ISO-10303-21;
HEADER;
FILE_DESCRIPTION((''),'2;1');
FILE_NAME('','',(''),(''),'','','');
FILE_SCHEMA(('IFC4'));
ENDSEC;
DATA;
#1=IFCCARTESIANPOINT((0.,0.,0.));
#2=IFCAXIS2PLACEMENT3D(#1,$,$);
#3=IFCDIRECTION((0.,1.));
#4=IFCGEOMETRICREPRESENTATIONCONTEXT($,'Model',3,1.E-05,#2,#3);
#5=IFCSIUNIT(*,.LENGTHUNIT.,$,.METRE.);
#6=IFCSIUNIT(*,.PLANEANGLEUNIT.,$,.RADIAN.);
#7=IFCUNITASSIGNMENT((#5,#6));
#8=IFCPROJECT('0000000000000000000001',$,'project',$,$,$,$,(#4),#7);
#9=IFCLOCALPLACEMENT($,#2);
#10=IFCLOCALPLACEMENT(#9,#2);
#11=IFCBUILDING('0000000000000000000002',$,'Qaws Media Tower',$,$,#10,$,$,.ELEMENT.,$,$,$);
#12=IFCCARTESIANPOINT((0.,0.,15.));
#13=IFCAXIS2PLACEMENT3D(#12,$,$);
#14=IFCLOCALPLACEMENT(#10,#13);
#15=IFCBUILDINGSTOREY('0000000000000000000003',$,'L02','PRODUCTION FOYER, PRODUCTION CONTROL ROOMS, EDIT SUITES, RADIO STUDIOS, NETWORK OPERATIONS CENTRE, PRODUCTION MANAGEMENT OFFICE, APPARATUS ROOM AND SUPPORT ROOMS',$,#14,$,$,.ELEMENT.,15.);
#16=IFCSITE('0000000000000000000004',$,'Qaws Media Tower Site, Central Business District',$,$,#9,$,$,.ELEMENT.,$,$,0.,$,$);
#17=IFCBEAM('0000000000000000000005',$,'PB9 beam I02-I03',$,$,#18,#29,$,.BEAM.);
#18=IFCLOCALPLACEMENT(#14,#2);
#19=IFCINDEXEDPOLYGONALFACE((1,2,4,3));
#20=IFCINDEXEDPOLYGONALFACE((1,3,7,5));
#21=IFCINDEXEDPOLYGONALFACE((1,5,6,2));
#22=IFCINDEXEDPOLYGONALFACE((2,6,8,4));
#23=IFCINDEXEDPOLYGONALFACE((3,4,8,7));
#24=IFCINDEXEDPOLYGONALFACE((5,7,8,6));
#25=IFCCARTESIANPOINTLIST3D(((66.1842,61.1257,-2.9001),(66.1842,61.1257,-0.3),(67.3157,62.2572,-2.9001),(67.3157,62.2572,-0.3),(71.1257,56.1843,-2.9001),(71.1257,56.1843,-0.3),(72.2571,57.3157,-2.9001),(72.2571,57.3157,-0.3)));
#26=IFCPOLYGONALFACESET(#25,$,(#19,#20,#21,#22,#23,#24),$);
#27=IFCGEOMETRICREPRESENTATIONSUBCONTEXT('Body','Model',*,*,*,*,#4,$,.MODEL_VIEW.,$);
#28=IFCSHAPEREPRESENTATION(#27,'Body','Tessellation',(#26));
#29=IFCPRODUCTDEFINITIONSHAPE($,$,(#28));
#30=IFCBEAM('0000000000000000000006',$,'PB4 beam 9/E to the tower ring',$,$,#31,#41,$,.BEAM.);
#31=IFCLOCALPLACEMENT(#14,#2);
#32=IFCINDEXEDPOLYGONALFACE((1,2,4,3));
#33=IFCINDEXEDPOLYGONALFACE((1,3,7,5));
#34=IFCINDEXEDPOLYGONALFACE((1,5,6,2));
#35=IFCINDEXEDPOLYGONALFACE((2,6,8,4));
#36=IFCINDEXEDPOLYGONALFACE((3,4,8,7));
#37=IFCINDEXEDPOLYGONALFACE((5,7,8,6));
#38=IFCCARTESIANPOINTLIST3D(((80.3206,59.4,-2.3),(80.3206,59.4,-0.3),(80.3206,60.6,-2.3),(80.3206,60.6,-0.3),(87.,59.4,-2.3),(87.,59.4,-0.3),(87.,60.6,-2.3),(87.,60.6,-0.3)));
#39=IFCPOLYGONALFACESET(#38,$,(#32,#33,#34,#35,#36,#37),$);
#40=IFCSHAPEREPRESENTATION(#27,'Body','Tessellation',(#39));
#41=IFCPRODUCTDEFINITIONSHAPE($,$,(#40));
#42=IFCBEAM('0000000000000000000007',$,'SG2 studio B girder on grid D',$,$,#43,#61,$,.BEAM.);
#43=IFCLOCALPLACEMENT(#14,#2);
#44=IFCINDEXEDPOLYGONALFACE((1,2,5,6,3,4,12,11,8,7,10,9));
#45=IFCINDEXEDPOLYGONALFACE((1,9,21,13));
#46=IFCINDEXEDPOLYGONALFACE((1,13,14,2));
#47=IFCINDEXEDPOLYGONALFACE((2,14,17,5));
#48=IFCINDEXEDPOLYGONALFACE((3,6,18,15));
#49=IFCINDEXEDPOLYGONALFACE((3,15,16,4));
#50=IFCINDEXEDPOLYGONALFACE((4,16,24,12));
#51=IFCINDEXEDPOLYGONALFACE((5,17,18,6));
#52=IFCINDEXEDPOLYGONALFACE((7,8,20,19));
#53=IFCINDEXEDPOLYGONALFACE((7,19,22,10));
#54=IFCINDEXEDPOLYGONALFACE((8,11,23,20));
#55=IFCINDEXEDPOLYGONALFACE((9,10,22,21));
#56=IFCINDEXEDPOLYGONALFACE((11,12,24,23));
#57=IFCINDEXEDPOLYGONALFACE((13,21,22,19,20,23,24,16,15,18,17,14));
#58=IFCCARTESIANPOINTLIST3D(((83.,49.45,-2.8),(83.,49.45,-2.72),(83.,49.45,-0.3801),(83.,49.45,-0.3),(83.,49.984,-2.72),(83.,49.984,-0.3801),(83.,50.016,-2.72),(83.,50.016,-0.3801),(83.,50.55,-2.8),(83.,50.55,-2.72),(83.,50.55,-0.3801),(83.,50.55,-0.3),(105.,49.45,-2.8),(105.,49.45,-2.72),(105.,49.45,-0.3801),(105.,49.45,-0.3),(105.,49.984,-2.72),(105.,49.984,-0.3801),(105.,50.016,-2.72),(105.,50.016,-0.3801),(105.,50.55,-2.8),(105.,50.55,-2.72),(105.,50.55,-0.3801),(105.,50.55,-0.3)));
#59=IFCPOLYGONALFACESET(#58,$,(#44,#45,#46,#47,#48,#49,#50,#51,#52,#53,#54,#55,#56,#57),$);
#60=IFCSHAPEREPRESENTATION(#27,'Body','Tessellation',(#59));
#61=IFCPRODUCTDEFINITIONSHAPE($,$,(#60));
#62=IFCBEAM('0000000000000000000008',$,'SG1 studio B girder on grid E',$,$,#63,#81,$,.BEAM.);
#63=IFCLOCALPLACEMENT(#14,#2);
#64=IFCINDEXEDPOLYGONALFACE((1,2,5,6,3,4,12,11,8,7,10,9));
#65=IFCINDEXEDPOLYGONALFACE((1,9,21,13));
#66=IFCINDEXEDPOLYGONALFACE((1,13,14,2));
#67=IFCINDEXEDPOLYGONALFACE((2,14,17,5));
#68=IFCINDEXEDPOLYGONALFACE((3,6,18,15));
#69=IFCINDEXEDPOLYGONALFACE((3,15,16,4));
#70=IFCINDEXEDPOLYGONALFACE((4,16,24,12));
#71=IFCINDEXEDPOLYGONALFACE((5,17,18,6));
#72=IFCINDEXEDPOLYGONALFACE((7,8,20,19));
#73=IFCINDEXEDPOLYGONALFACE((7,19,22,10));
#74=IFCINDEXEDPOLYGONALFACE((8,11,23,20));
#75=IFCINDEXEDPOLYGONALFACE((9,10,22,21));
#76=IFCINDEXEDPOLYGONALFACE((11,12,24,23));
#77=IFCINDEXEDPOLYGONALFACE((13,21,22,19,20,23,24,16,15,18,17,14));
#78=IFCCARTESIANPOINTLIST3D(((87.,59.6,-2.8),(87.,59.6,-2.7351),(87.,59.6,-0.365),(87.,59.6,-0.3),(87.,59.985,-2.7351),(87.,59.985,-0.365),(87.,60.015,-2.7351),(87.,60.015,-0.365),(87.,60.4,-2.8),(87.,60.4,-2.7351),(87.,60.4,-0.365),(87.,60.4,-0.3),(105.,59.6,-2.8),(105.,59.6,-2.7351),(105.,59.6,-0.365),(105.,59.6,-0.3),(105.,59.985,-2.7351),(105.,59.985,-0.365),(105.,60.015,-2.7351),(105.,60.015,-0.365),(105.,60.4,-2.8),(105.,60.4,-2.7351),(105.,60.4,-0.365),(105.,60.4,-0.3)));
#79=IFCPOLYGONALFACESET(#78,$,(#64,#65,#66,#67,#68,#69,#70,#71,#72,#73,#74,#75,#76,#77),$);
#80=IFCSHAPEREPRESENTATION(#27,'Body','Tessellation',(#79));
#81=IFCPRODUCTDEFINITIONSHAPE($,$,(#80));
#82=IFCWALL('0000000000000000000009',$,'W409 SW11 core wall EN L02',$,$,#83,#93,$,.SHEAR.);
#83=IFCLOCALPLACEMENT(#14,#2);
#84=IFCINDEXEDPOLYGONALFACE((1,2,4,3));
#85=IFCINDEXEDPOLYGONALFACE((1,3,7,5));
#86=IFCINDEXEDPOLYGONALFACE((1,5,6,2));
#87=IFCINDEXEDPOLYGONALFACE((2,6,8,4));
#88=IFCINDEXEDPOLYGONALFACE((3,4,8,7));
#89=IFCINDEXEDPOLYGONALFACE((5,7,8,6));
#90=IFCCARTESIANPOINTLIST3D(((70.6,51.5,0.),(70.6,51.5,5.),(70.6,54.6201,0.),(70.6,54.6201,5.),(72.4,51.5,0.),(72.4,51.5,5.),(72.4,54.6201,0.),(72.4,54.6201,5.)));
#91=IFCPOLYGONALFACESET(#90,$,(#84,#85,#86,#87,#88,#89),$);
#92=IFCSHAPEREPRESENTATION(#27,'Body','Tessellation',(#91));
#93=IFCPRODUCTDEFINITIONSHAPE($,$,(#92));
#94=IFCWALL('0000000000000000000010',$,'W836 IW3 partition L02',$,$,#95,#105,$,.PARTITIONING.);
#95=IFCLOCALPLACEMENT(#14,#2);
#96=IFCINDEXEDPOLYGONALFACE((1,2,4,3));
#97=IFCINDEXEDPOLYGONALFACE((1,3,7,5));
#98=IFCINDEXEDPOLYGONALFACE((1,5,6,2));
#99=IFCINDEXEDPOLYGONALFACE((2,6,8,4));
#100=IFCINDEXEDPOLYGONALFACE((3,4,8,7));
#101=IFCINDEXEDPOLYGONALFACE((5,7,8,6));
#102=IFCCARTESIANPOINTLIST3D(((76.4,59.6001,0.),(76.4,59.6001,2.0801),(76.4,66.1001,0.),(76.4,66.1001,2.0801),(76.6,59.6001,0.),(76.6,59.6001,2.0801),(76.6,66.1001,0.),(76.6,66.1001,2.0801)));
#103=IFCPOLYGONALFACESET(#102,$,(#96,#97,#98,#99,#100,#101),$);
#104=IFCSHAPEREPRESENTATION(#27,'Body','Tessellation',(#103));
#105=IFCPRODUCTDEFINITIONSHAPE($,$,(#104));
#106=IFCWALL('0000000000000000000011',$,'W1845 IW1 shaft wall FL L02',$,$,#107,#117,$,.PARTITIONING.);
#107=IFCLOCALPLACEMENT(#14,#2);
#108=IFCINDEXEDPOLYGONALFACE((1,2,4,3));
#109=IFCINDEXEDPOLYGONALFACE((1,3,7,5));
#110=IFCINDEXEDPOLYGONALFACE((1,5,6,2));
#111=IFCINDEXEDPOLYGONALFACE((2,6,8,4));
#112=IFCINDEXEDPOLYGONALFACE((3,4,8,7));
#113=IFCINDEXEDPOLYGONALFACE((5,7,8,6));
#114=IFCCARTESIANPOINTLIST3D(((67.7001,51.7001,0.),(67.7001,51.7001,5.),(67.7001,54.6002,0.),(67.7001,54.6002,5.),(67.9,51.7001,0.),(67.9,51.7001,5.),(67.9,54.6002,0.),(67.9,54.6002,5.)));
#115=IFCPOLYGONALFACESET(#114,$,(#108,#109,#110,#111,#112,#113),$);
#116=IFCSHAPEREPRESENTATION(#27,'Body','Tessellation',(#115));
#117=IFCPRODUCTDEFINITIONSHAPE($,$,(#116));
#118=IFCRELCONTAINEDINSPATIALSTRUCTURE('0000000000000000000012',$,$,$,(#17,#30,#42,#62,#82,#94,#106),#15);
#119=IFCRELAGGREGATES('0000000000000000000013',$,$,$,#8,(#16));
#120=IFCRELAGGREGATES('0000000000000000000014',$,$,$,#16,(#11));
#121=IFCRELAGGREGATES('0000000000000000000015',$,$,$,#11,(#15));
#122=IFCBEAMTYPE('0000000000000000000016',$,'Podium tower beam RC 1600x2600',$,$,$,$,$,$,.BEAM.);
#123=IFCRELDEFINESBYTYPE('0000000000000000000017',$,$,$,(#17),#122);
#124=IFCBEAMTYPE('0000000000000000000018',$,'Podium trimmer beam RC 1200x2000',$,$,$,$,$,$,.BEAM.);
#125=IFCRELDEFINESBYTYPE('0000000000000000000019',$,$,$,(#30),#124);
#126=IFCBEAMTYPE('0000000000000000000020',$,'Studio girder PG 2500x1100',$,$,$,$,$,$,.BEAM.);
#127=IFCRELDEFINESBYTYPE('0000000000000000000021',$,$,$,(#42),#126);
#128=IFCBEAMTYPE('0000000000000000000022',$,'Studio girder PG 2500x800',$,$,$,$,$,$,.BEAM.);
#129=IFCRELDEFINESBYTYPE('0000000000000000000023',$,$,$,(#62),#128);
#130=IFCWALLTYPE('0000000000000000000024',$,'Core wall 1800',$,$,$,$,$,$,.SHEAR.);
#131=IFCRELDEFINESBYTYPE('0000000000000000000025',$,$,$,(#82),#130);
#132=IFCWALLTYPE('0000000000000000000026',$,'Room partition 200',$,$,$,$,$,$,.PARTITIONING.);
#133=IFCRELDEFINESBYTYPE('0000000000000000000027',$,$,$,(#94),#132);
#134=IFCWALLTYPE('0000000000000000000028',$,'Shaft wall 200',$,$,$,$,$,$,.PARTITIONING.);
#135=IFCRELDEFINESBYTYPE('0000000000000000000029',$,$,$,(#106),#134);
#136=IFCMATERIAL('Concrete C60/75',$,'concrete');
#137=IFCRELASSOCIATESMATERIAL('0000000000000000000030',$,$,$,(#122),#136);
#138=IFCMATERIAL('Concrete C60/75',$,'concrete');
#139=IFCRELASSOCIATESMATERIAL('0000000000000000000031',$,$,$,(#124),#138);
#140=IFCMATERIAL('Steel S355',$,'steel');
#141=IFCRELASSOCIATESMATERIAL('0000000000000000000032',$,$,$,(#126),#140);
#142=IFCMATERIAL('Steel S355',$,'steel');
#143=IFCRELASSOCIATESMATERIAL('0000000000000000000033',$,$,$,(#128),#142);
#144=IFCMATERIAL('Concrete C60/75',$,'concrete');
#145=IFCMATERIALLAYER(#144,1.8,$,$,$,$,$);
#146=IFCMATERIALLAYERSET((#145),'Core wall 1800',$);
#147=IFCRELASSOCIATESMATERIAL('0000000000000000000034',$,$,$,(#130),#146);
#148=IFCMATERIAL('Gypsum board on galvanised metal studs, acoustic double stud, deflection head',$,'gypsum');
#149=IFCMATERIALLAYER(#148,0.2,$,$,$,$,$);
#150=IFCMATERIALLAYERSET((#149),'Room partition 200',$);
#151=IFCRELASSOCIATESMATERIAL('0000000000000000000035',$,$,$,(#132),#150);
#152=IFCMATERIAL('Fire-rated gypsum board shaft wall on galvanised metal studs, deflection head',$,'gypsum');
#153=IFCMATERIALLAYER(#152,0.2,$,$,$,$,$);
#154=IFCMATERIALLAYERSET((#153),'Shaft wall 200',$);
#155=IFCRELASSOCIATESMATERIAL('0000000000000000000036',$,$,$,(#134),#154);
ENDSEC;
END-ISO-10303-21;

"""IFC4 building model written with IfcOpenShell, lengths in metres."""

from ifc_helpers import new_model, si_unit, direction, frame, frame_2d, origin, origin_2d, place, context, subcontext, project, spatial, rectangle, i_section, extrude, material, layer, layer_set, material_profile, profile_set, type_object, element, save


model = new_model("IFC4")

# Units and contexts
model_context = context("Model", 3, precision=1e-05, world=origin(), true_north=direction((0.0, 1.0)))
body_context = subcontext(model_context, "Body", "Model", "MODEL_VIEW")
ifc_project = project(units=[si_unit("LENGTHUNIT", "METRE"), si_unit("PLANEANGLEUNIT", "RADIAN")], contexts=[model_context])

# Site, building, storey
site_placement = place(None, origin())
site = spatial("IfcSite", under=ifc_project, at=site_placement, Name="Qaws Media Tower Site, Central Business District", CompositionType="ELEMENT", RefElevation=0.0)
building_placement = place(site_placement, origin())
building = spatial("IfcBuilding", under=site, at=building_placement, Name="Qaws Media Tower", CompositionType="ELEMENT")
storey_placement = place(building_placement, frame((0.0, 0.0, 15.0)))
storey = spatial("IfcBuildingStorey", under=building, at=storey_placement, Name="L02", Description="PRODUCTION FOYER, PRODUCTION CONTROL ROOMS, EDIT SUITES, RADIO STUDIOS, NETWORK OPERATIONS CENTRE, PRODUCTION MANAGEMENT OFFICE, APPARATUS ROOM AND SUPPORT ROOMS", CompositionType="ELEMENT", Elevation=15.0)

# Beams
ifc_material_1 = material(Name="Concrete C60/75", Category="concrete")
ifc_material_profile_1 = material_profile(ifc_material_1, rectangle(XDim=1.6001, YDim=2.6001, at=origin_2d()), Name="RC 1600x2600")
ifc_profile_set_1 = profile_set([ifc_material_profile_1], Name="Concrete C60/75")
beam_type_1 = type_object("IfcBeamType", Name="Podium tower beam RC 1600x2600", PredefinedType="BEAM", material=ifc_profile_set_1)
beam_1_placement = place(storey_placement, frame((71.6914, 56.75, -1.6001), z_axis=(-0.707107, 0.707107, 0.0), x_axis=(-0.707107, -0.707107, 0.0)))
element("IfcBeam", 1, at=beam_1_placement, inside=storey, type_object=beam_type_1, Name="PB9 beam I02-I03", PredefinedType="BEAM", context=body_context, shape_type="SweptSolid", body=[
    extrude(rectangle(XDim=1.6001, YDim=2.6001, at=origin_2d()), origin(), (0.0, 0.0, 1.0), 6.9883),
])
ifc_material_2 = material(Name="Concrete C60/75", Category="concrete")
ifc_material_profile_2 = material_profile(ifc_material_2, rectangle(XDim=1.2, YDim=2.0, at=origin_2d()), Name="RC 1200x2000")
ifc_profile_set_2 = profile_set([ifc_material_profile_2], Name="Concrete C60/75")
beam_type_2 = type_object("IfcBeamType", Name="Podium trimmer beam RC 1200x2000", PredefinedType="BEAM", material=ifc_profile_set_2)
beam_2_placement = place(storey_placement, frame((87.0, 60.0, -1.3), z_axis=(-1.0, 0.0, 0.0), x_axis=(0.0, -1.0, 0.0)))
element("IfcBeam", 2, at=beam_2_placement, inside=storey, type_object=beam_type_2, Name="PB4 beam 9/E to the tower ring", PredefinedType="BEAM", context=body_context, shape_type="SweptSolid", body=[
    extrude(rectangle(XDim=1.2, YDim=2.0, at=origin_2d()), origin(), (0.0, 0.0, 1.0), 6.6794),
])
ifc_material_3 = material(Name="Steel S355", Category="steel")
ifc_material_profile_3 = material_profile(ifc_material_3, i_section(OverallWidth=1.1001, OverallDepth=2.5, WebThickness=0.032, FlangeThickness=0.0801, at=origin_2d()), Name="PG 2500x1100")
ifc_profile_set_3 = profile_set([ifc_material_profile_3], Name="Steel S355")
beam_type_3 = type_object("IfcBeamType", Name="Studio girder PG 2500x1100", PredefinedType="BEAM", material=ifc_profile_set_3)
beam_3_placement = place(storey_placement, frame((83.0, 50.0, -1.55), z_axis=(1.0, 0.0, 0.0), x_axis=(0.0, 1.0, 0.0)))
element("IfcBeam", 3, at=beam_3_placement, inside=storey, type_object=beam_type_3, Name="SG2 studio B girder on grid D", PredefinedType="BEAM", context=body_context, shape_type="SweptSolid", body=[
    extrude(i_section(OverallWidth=1.1001, OverallDepth=2.5, WebThickness=0.032, FlangeThickness=0.0801, at=origin_2d()), origin(), (0.0, 0.0, 1.0), 22.0),
])
ifc_material_4 = material(Name="Steel S355", Category="steel")
ifc_material_profile_4 = material_profile(ifc_material_4, i_section(OverallWidth=0.8, OverallDepth=2.5, WebThickness=0.03, FlangeThickness=0.0649, at=origin_2d()), Name="PG 2500x800")
ifc_profile_set_4 = profile_set([ifc_material_profile_4], Name="Steel S355")
beam_type_4 = type_object("IfcBeamType", Name="Studio girder PG 2500x800", PredefinedType="BEAM", material=ifc_profile_set_4)
beam_4_placement = place(storey_placement, frame((87.0, 60.0, -1.55), z_axis=(1.0, 0.0, 0.0), x_axis=(0.0, 1.0, 0.0)))
element("IfcBeam", 4, at=beam_4_placement, inside=storey, type_object=beam_type_4, Name="SG1 studio B girder on grid E", PredefinedType="BEAM", context=body_context, shape_type="SweptSolid", body=[
    extrude(i_section(OverallWidth=0.8, OverallDepth=2.5, WebThickness=0.03, FlangeThickness=0.0649, at=origin_2d()), origin(), (0.0, 0.0, 1.0), 18.0),
])

# Walls
ifc_material_5 = material(Name="Concrete C60/75", Category="concrete")
ifc_layer_1 = layer(ifc_material_5, 1.8)
ifc_layer_set_1 = layer_set([ifc_layer_1], Name="Core wall 1800")
wall_type_1 = type_object("IfcWallType", Name="Core wall 1800", PredefinedType="SHEAR", material=ifc_layer_set_1)
wall_1_placement = place(storey_placement, frame((71.5, 51.5, 0.0), z_axis=(0.0, 0.0, 1.0), x_axis=(0.0, 1.0, 0.0)))
element("IfcWall", 5, at=wall_1_placement, inside=storey, type_object=wall_type_1, Name="W409 SW11 core wall EN L02", PredefinedType="SHEAR", context=body_context, shape_type="SweptSolid", body=[
    extrude(rectangle(XDim=3.1201, YDim=1.8, at=frame_2d((1.5601, 0.0))), origin(), (0.0, 0.0, 1.0), 5.0),
])
ifc_material_6 = material(Name="Gypsum board on galvanised metal studs, acoustic double stud, deflection head", Category="gypsum")
ifc_layer_2 = layer(ifc_material_6, 0.2)
ifc_layer_set_2 = layer_set([ifc_layer_2], Name="Room partition 200")
wall_type_2 = type_object("IfcWallType", Name="Room partition 200", PredefinedType="PARTITIONING", material=ifc_layer_set_2)
wall_2_placement = place(storey_placement, frame((76.5, 59.6001, 0.0), z_axis=(0.0, 0.0, 1.0), x_axis=(0.0, 1.0, 0.0)))
element("IfcWall", 6, at=wall_2_placement, inside=storey, type_object=wall_type_2, Name="W836 IW3 partition L02", PredefinedType="PARTITIONING", context=body_context, shape_type="SweptSolid", body=[
    extrude(rectangle(XDim=6.5, YDim=0.2, at=frame_2d((3.25, 0.0))), origin(), (0.0, 0.0, 1.0), 2.0801),
])
ifc_material_7 = material(Name="Fire-rated gypsum board shaft wall on galvanised metal studs, deflection head", Category="gypsum")
ifc_layer_3 = layer(ifc_material_7, 0.2)
ifc_layer_set_3 = layer_set([ifc_layer_3], Name="Shaft wall 200")
wall_type_3 = type_object("IfcWallType", Name="Shaft wall 200", PredefinedType="PARTITIONING", material=ifc_layer_set_3)
wall_3_placement = place(storey_placement, frame((67.8, 51.7, 0.0), z_axis=(0.0, 0.0, 1.0), x_axis=(0.0, 1.0, 0.0)))
element("IfcWall", 7, at=wall_3_placement, inside=storey, type_object=wall_type_3, Name="W1845 IW1 shaft wall FL L02", PredefinedType="PARTITIONING", context=body_context, shape_type="SweptSolid", body=[
    extrude(rectangle(XDim=2.9001, YDim=0.2, at=frame_2d((1.4502, 0.0))), origin(), (0.0, 0.0, 1.0), 5.0),
])

save(model, "model.ifc")
